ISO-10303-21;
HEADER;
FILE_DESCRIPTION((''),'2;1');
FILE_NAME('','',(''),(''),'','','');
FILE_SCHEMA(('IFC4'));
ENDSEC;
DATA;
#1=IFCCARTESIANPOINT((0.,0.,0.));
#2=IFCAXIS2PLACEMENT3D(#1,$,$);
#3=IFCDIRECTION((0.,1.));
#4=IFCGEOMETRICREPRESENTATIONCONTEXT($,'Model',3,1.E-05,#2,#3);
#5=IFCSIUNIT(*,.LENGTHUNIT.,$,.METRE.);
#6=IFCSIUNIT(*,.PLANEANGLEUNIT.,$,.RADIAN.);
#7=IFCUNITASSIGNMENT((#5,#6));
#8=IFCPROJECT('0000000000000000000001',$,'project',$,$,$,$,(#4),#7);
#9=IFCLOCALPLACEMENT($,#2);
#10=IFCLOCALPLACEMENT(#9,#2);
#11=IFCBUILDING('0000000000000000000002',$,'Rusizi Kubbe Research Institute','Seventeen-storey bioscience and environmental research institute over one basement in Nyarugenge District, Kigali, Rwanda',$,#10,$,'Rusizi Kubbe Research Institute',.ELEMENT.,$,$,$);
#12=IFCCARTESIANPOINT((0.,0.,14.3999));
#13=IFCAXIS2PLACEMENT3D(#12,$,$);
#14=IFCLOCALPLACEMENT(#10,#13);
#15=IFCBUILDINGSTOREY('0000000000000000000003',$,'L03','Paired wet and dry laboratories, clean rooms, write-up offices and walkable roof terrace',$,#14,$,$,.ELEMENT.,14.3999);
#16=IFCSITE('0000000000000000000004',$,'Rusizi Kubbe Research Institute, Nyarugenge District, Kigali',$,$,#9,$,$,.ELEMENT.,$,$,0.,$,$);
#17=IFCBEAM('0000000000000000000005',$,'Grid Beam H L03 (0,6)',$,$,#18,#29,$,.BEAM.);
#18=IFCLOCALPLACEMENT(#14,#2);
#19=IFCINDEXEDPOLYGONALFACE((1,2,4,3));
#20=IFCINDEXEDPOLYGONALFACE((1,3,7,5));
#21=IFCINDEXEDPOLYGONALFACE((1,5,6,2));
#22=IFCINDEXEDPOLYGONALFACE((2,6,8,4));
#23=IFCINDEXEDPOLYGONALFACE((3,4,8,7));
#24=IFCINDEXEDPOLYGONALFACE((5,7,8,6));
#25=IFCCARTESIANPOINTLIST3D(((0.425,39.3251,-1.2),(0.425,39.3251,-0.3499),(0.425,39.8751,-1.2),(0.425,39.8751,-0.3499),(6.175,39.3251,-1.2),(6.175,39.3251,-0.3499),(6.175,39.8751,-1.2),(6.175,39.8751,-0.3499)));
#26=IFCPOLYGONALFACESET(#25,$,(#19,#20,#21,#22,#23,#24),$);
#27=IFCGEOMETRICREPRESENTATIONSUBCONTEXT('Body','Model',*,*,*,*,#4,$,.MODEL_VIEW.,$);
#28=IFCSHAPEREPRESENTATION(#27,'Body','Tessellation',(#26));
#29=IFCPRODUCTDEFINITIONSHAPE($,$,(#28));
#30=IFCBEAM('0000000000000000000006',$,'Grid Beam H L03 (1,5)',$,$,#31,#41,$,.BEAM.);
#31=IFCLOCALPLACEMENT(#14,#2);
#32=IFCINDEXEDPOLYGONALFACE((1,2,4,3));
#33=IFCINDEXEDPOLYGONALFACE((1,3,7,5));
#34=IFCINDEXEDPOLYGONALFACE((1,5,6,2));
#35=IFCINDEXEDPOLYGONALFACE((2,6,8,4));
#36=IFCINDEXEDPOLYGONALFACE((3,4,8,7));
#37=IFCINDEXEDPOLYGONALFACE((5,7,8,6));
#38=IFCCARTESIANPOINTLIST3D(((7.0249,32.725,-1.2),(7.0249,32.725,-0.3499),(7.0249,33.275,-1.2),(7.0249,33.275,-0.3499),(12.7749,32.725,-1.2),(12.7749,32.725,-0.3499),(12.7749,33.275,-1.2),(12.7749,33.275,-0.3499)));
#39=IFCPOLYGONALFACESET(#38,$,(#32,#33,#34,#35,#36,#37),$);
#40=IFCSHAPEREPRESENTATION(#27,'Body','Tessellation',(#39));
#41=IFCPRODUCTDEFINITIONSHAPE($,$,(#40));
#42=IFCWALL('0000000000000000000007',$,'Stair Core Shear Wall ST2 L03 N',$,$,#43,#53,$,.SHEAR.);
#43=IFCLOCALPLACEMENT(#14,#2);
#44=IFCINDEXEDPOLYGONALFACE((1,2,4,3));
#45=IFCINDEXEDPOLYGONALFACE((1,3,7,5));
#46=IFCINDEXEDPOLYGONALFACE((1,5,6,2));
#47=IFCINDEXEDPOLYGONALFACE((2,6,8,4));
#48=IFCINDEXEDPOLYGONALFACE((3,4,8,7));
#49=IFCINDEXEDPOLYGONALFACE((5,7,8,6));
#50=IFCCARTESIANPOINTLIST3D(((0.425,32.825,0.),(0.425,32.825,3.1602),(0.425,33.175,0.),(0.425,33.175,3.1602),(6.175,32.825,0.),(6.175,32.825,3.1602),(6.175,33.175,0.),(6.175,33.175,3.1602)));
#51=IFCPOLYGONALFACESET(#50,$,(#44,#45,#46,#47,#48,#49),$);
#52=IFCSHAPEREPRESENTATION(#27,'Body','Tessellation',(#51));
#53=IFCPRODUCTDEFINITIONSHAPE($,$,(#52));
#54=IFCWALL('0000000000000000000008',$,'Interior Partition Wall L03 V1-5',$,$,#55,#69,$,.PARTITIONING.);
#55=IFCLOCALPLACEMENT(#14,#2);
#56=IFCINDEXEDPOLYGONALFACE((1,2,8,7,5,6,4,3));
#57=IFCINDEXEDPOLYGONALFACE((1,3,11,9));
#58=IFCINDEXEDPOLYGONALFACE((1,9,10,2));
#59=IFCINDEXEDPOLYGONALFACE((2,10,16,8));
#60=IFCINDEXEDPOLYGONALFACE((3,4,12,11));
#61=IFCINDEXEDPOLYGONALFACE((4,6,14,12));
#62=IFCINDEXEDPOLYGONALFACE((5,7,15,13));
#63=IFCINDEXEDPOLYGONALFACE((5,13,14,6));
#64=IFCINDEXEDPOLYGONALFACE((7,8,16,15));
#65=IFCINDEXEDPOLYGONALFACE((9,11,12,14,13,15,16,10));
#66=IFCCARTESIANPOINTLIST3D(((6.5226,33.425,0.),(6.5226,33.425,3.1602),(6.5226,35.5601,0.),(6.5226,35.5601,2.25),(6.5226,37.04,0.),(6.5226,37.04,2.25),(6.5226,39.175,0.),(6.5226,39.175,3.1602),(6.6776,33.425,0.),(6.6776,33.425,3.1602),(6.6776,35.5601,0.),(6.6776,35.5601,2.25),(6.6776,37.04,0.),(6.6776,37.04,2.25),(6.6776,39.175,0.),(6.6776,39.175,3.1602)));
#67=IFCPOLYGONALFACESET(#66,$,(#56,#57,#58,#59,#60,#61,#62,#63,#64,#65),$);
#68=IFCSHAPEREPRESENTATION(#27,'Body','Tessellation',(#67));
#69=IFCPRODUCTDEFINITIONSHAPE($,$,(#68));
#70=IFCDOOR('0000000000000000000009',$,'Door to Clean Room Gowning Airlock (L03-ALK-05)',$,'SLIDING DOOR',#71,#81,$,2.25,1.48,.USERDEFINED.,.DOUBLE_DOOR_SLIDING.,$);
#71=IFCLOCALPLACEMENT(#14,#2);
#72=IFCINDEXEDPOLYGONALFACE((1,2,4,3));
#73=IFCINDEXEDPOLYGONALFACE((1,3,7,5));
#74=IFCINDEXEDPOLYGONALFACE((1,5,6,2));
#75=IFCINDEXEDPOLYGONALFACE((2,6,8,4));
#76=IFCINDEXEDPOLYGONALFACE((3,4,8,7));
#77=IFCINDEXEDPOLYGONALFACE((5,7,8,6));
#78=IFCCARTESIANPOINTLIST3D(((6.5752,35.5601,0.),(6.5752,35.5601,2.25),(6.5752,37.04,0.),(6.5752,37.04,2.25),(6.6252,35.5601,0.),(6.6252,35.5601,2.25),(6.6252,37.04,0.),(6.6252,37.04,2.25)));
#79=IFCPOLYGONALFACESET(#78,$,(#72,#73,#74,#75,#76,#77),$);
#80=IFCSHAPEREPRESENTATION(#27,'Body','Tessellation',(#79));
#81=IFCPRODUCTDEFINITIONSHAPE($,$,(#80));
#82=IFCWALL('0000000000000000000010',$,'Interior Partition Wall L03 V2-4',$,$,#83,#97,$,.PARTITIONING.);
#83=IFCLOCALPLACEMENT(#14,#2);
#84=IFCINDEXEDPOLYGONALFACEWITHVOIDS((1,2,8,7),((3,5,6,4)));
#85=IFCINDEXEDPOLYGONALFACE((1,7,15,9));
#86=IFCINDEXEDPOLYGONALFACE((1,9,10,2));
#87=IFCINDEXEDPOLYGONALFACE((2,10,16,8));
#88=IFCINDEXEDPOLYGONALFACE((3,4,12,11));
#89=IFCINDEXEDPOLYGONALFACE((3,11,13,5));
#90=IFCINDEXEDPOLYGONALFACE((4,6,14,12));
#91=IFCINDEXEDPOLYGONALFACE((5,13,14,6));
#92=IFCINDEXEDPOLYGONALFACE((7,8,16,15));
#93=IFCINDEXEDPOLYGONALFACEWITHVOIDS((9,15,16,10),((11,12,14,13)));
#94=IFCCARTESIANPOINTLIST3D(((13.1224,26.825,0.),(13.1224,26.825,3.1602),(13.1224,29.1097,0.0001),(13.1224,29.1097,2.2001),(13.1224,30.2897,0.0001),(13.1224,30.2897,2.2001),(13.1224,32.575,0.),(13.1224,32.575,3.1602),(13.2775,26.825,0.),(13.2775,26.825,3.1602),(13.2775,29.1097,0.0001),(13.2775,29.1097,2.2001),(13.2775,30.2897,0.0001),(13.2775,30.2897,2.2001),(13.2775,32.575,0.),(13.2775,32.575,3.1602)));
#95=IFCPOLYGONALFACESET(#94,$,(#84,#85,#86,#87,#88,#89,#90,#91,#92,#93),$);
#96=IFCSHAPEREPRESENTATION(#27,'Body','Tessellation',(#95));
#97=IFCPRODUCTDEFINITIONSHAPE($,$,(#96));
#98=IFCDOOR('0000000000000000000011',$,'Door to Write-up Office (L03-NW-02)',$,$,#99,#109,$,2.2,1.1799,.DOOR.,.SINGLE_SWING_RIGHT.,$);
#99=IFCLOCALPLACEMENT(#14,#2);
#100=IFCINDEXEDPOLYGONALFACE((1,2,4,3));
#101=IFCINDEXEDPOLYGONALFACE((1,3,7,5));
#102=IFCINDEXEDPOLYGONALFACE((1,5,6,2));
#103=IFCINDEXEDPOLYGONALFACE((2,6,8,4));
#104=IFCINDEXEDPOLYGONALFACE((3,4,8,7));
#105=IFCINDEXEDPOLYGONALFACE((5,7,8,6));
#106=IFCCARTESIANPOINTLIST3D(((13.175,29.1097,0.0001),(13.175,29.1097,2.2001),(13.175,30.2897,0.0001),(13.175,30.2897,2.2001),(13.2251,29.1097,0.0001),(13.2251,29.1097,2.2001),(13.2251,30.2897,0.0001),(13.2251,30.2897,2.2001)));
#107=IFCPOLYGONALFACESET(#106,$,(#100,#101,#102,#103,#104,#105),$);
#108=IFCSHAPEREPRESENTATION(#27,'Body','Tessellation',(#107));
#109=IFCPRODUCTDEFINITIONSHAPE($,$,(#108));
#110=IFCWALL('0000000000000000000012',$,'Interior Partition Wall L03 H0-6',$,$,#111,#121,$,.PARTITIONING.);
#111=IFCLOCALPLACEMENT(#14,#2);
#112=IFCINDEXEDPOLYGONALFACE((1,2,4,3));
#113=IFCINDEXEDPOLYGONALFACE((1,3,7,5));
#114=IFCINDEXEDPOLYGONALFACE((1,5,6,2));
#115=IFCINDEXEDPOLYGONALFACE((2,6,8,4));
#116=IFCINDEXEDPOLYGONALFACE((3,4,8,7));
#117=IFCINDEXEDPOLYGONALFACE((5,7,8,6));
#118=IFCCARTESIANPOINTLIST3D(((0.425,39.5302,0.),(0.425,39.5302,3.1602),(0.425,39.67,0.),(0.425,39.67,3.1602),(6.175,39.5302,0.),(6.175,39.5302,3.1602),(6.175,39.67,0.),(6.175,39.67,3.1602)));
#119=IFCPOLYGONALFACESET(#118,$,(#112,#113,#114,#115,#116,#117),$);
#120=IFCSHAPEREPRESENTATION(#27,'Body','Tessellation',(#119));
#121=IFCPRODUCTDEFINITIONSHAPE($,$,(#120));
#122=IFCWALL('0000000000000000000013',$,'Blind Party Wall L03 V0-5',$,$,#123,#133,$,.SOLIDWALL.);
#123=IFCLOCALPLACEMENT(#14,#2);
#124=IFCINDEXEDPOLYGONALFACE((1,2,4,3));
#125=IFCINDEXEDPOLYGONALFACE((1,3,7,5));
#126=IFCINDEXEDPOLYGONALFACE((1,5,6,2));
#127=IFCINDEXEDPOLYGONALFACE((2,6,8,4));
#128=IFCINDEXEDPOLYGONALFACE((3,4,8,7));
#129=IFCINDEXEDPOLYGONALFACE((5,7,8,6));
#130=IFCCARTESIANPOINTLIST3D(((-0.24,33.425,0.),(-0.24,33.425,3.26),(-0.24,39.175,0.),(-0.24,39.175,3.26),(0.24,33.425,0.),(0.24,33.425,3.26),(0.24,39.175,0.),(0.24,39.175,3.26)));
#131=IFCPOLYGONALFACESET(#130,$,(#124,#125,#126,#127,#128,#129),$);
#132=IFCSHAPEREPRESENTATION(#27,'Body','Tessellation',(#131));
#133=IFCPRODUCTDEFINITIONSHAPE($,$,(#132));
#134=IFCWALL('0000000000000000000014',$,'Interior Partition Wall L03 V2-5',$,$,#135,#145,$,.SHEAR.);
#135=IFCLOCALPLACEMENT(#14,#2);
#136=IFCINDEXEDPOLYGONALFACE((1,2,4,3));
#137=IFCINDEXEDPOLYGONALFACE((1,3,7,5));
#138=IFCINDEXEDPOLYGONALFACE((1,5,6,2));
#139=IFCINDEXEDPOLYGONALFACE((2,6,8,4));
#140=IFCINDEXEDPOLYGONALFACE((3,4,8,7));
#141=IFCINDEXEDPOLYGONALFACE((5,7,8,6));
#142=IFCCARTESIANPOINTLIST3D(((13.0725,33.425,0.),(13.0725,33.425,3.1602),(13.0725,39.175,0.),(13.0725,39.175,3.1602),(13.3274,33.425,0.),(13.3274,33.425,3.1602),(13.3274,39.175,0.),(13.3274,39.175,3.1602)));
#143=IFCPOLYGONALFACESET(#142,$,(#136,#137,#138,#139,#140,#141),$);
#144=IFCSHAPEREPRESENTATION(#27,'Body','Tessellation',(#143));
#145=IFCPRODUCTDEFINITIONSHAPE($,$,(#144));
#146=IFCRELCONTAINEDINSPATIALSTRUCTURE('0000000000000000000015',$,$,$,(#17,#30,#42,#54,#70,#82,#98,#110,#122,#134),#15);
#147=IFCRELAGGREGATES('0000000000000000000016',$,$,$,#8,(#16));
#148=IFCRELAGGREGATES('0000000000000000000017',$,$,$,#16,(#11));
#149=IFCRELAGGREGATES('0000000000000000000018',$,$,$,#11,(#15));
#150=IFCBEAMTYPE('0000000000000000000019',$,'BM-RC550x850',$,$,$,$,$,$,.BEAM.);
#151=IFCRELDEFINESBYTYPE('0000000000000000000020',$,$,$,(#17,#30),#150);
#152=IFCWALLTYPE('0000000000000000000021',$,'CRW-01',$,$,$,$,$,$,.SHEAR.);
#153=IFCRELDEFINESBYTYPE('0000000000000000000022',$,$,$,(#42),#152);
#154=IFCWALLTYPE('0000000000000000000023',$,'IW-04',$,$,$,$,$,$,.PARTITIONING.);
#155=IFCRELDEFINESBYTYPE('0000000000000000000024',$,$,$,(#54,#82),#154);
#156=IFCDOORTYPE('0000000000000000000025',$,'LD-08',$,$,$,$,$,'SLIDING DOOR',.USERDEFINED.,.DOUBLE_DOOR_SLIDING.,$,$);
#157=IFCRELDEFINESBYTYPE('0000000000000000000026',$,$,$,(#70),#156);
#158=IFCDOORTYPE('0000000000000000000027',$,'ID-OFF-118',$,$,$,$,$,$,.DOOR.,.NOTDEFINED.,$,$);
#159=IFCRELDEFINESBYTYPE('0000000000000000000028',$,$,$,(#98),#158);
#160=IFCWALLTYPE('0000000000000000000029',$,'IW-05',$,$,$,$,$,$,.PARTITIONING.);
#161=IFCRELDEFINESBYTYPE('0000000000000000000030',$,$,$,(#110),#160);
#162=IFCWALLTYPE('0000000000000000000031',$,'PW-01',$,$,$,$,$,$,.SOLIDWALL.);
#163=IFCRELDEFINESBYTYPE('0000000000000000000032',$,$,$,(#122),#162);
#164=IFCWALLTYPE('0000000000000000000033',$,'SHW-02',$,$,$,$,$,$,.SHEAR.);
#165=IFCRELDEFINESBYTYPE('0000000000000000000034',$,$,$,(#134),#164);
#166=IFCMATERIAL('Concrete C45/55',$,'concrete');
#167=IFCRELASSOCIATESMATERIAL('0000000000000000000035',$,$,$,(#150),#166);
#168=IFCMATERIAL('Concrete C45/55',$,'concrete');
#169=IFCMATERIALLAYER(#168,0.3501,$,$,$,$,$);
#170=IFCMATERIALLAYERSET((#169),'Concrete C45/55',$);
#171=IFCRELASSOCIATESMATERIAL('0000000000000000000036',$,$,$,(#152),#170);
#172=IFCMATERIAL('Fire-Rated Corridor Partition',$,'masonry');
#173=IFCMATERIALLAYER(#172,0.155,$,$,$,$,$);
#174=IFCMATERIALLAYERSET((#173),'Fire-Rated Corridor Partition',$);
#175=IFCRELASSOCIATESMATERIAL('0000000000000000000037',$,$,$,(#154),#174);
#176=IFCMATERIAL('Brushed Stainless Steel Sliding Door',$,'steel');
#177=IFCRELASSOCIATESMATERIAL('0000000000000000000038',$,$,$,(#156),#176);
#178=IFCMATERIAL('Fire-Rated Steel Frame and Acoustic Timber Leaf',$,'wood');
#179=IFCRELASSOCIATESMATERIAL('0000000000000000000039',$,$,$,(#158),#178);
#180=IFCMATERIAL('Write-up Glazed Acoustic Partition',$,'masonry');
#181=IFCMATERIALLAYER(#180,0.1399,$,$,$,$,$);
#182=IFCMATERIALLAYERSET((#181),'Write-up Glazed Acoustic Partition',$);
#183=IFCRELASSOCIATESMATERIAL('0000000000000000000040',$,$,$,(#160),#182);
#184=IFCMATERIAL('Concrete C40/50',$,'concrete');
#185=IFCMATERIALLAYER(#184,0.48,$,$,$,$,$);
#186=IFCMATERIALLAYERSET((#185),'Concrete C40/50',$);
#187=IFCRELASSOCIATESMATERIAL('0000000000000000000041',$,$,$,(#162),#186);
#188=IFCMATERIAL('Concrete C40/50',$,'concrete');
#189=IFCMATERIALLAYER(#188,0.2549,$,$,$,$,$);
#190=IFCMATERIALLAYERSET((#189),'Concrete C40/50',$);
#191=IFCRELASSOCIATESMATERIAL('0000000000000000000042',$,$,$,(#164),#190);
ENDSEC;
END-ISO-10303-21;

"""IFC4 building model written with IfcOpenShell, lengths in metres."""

from ifc_helpers import new_model, si_unit, direction, frame, frame_2d, origin, origin_2d, place, context, subcontext, project, spatial, rectangle, extrude, material, layer, layer_set, material_profile, profile_set, type_object, element, fill, save


model = new_model("IFC4")

# Units and contexts
model_context = context("Model", 3, precision=1e-05, world=origin(), true_north=direction((0.0, 1.0)))
body_context = subcontext(model_context, "Body", "Model", "MODEL_VIEW")
ifc_project = project(units=[si_unit("LENGTHUNIT", "METRE"), si_unit("PLANEANGLEUNIT", "RADIAN")], contexts=[model_context])

# Site, building, storey
site_placement = place(None, origin())
site = spatial("IfcSite", under=ifc_project, at=site_placement, Name="Rusizi Kubbe Research Institute, Nyarugenge District, Kigali", CompositionType="ELEMENT", RefElevation=0.0)
building_placement = place(site_placement, origin())
building = spatial("IfcBuilding", under=site, at=building_placement, Name="Rusizi Kubbe Research Institute", Description="Seventeen-storey bioscience and environmental research institute over one basement in Nyarugenge District, Kigali, Rwanda", LongName="Rusizi Kubbe Research Institute", CompositionType="ELEMENT")
storey_placement = place(building_placement, frame((0.0, 0.0, 14.3999)))
storey = spatial("IfcBuildingStorey", under=building, at=storey_placement, Name="L03", Description="Paired wet and dry laboratories, clean rooms, write-up offices and walkable roof terrace", CompositionType="ELEMENT", Elevation=14.3999)

# Beams
ifc_material_1 = material(Name="Concrete C45/55", Category="concrete")
ifc_material_profile_1 = material_profile(ifc_material_1, rectangle(XDim=0.55, YDim=0.8501, at=origin_2d()), Name="RC550x850")
ifc_profile_set_1 = profile_set([ifc_material_profile_1], Name="Concrete C45/55")
beam_type_1 = type_object("IfcBeamType", Name="BM-RC550x850", PredefinedType="BEAM", material=ifc_profile_set_1)
for number, where, z_axis, x_axis, name in (
    (1, (0.425, 39.6001, -0.7749), (1.0, 0.0, 0.0), (0.0, 1.0, 0.0), "Grid Beam H L03 (0,6)"),
    (2, (7.0249, 33.0, -0.7749), (1.0, 0.0, 0.0), (0.0, 1.0, 0.0), "Grid Beam H L03 (1,5)"),
):
    element("IfcBeam", number, at=place(storey_placement, frame(where, z_axis=z_axis, x_axis=x_axis)), inside=storey, type_object=beam_type_1, Name=name, PredefinedType="BEAM", context=body_context, shape_type="SweptSolid", body=[
        extrude(rectangle(XDim=0.55, YDim=0.8501, at=origin_2d()), origin(), (0.0, 0.0, 1.0), 5.75),
    ])

# Wall
ifc_material_2 = material(Name="Concrete C45/55", Category="concrete")
ifc_layer_1 = layer(ifc_material_2, 0.3501)
ifc_layer_set_1 = layer_set([ifc_layer_1], Name="Concrete C45/55")
wall_type_1 = type_object("IfcWallType", Name="CRW-01", PredefinedType="SHEAR", material=ifc_layer_set_1)
wall_1_placement = place(storey_placement, frame((0.425, 33.0, 0.0), z_axis=(0.0, 0.0, 1.0), x_axis=(1.0, 0.0, 0.0)))
element("IfcWall", 3, at=wall_1_placement, inside=storey, type_object=wall_type_1, Name="Stair Core Shear Wall ST2 L03 N", PredefinedType="SHEAR", context=body_context, shape_type="SweptSolid", body=[
    extrude(rectangle(XDim=5.75, YDim=0.3501, at=frame_2d((2.875, 0.0))), origin(), (0.0, 0.0, 1.0), 3.1602),
])

# Walls, openings, doors
ifc_material_3 = material(Name="Fire-Rated Corridor Partition", Category="masonry")
ifc_layer_2 = layer(ifc_material_3, 0.155)
ifc_layer_set_2 = layer_set([ifc_layer_2], Name="Fire-Rated Corridor Partition")
wall_type_2 = type_object("IfcWallType", Name="IW-04", PredefinedType="PARTITIONING", material=ifc_layer_set_2)
wall_2_placement = place(storey_placement, frame((6.6001, 33.425, 0.0), z_axis=(0.0, 0.0, 1.0), x_axis=(0.0, 1.0, 0.0)))
wall_2 = element("IfcWall", 4, at=wall_2_placement, inside=storey, type_object=wall_type_2, Name="Interior Partition Wall L03 V1-5", PredefinedType="PARTITIONING", context=body_context, shape_type="SweptSolid", body=[
    extrude(rectangle(XDim=5.75, YDim=0.155, at=frame_2d((2.875, 0.0))), origin(), (0.0, 0.0, 1.0), 3.1602),
])
opening_1_placement = place(wall_2_placement, frame((2.135, 0.0, 0.0)))
opening_1 = element("IfcOpeningElement", 5, at=opening_1_placement, cuts=wall_2, PredefinedType="OPENING", context=body_context, shape_type="SweptSolid", body=[
    extrude(rectangle(XDim=1.48, YDim=2.25, at=frame_2d((0.74, 1.125))), frame((0.0, 0.0874, 0.0), z_axis=(0.0, -1.0, 0.0), x_axis=(1.0, 0.0, 0.0)), (0.0, 0.0, 1.0), 0.175),
])
ifc_material_4 = material(Name="Brushed Stainless Steel Sliding Door", Category="steel")
door_type_1 = type_object("IfcDoorType", Name="LD-08", ElementType="SLIDING DOOR", OperationType="DOUBLE_DOOR_SLIDING", PredefinedType="USERDEFINED", material=ifc_material_4)
door_1_placement = place(opening_1_placement, origin())
door_1 = element("IfcDoor", 6, at=door_1_placement, inside=storey, type_object=door_type_1, Name="Door to Clean Room Gowning Airlock (L03-ALK-05)", ObjectType="SLIDING DOOR", OperationType="DOUBLE_DOOR_SLIDING", OverallHeight=2.25, OverallWidth=1.48, PredefinedType="USERDEFINED", context=body_context, shape_type="SweptSolid", body=[
    extrude(rectangle(XDim=1.48, YDim=2.25, at=frame_2d((0.74, 1.125))), frame((0.0, 0.0249, 0.0), z_axis=(0.0, -1.0, 0.0), x_axis=(1.0, 0.0, 0.0)), (0.0, 0.0, 1.0), 0.05),
])
fill(opening_1, door_1)
wall_3_placement = place(storey_placement, frame((13.2, 26.825, 0.0), z_axis=(0.0, 0.0, 1.0), x_axis=(0.0, 1.0, 0.0)))
wall_3 = element("IfcWall", 7, at=wall_3_placement, inside=storey, type_object=wall_type_2, Name="Interior Partition Wall L03 V2-4", PredefinedType="PARTITIONING", context=body_context, shape_type="SweptSolid", body=[
    extrude(rectangle(XDim=5.75, YDim=0.155, at=frame_2d((2.875, 0.0))), origin(), (0.0, 0.0, 1.0), 3.1602),
])
opening_2_placement = place(wall_3_placement, frame((2.2849, 0.0, 0.0)))
opening_2 = element("IfcOpeningElement", 8, at=opening_2_placement, cuts=wall_3, PredefinedType="OPENING", context=body_context, shape_type="SweptSolid", body=[
    extrude(rectangle(XDim=1.1799, YDim=2.2, at=frame_2d((0.5898, 1.1001))), frame((0.0, 0.0874, 0.0), z_axis=(0.0, -1.0, 0.0), x_axis=(1.0, 0.0, 0.0)), (0.0, 0.0, 1.0), 0.175),
])
ifc_material_5 = material(Name="Fire-Rated Steel Frame and Acoustic Timber Leaf", Category="wood")
door_type_2 = type_object("IfcDoorType", Name="ID-OFF-118", OperationType="NOTDEFINED", PredefinedType="DOOR", material=ifc_material_5)
door_2_placement = place(opening_2_placement, origin())
door_2 = element("IfcDoor", 9, at=door_2_placement, inside=storey, type_object=door_type_2, Name="Door to Write-up Office (L03-NW-02)", OperationType="SINGLE_SWING_RIGHT", OverallHeight=2.2, OverallWidth=1.1799, PredefinedType="DOOR", context=body_context, shape_type="SweptSolid", body=[
    extrude(rectangle(XDim=1.1799, YDim=2.2, at=frame_2d((0.5898, 1.1001))), frame((0.0, 0.0249, 0.0), z_axis=(0.0, -1.0, 0.0), x_axis=(1.0, 0.0, 0.0)), (0.0, 0.0, 1.0), 0.05),
])
fill(opening_2, door_2)

# Walls
ifc_material_6 = material(Name="Write-up Glazed Acoustic Partition", Category="masonry")
ifc_layer_3 = layer(ifc_material_6, 0.1399)
ifc_layer_set_3 = layer_set([ifc_layer_3], Name="Write-up Glazed Acoustic Partition")
wall_type_3 = type_object("IfcWallType", Name="IW-05", PredefinedType="PARTITIONING", material=ifc_layer_set_3)
wall_4_placement = place(storey_placement, frame((0.425, 39.6001, 0.0), z_axis=(0.0, 0.0, 1.0), x_axis=(1.0, 0.0, 0.0)))
element("IfcWall", 10, at=wall_4_placement, inside=storey, type_object=wall_type_3, Name="Interior Partition Wall L03 H0-6", PredefinedType="PARTITIONING", context=body_context, shape_type="SweptSolid", body=[
    extrude(rectangle(XDim=5.75, YDim=0.1399, at=frame_2d((2.875, 0.0))), origin(), (0.0, 0.0, 1.0), 3.1602),
])
ifc_material_7 = material(Name="Concrete C40/50", Category="concrete")
ifc_layer_4 = layer(ifc_material_7, 0.48)
ifc_layer_set_4 = layer_set([ifc_layer_4], Name="Concrete C40/50")
wall_type_4 = type_object("IfcWallType", Name="PW-01", PredefinedType="SOLIDWALL", material=ifc_layer_set_4)
wall_5_placement = place(storey_placement, frame((0.0, 33.425, 0.0), z_axis=(0.0, 0.0, 1.0), x_axis=(0.0, 1.0, 0.0)))
element("IfcWall", 11, at=wall_5_placement, inside=storey, type_object=wall_type_4, Name="Blind Party Wall L03 V0-5", PredefinedType="SOLIDWALL", context=body_context, shape_type="SweptSolid", body=[
    extrude(rectangle(XDim=5.75, YDim=0.48, at=frame_2d((2.875, 0.0))), origin(), (0.0, 0.0, 1.0), 3.26),
])
ifc_material_8 = material(Name="Concrete C40/50", Category="concrete")
ifc_layer_5 = layer(ifc_material_8, 0.2549)
ifc_layer_set_5 = layer_set([ifc_layer_5], Name="Concrete C40/50")
wall_type_5 = type_object("IfcWallType", Name="SHW-02", PredefinedType="SHEAR", material=ifc_layer_set_5)
wall_6_placement = place(storey_placement, frame((13.2, 33.425, 0.0), z_axis=(0.0, 0.0, 1.0), x_axis=(0.0, 1.0, 0.0)))
element("IfcWall", 12, at=wall_6_placement, inside=storey, type_object=wall_type_5, Name="Interior Partition Wall L03 V2-5", PredefinedType="SHEAR", context=body_context, shape_type="SweptSolid", body=[
    extrude(rectangle(XDim=5.75, YDim=0.2549, at=frame_2d((2.875, 0.0))), origin(), (0.0, 0.0, 1.0), 3.1602),
])

save(model, "model.ifc")
